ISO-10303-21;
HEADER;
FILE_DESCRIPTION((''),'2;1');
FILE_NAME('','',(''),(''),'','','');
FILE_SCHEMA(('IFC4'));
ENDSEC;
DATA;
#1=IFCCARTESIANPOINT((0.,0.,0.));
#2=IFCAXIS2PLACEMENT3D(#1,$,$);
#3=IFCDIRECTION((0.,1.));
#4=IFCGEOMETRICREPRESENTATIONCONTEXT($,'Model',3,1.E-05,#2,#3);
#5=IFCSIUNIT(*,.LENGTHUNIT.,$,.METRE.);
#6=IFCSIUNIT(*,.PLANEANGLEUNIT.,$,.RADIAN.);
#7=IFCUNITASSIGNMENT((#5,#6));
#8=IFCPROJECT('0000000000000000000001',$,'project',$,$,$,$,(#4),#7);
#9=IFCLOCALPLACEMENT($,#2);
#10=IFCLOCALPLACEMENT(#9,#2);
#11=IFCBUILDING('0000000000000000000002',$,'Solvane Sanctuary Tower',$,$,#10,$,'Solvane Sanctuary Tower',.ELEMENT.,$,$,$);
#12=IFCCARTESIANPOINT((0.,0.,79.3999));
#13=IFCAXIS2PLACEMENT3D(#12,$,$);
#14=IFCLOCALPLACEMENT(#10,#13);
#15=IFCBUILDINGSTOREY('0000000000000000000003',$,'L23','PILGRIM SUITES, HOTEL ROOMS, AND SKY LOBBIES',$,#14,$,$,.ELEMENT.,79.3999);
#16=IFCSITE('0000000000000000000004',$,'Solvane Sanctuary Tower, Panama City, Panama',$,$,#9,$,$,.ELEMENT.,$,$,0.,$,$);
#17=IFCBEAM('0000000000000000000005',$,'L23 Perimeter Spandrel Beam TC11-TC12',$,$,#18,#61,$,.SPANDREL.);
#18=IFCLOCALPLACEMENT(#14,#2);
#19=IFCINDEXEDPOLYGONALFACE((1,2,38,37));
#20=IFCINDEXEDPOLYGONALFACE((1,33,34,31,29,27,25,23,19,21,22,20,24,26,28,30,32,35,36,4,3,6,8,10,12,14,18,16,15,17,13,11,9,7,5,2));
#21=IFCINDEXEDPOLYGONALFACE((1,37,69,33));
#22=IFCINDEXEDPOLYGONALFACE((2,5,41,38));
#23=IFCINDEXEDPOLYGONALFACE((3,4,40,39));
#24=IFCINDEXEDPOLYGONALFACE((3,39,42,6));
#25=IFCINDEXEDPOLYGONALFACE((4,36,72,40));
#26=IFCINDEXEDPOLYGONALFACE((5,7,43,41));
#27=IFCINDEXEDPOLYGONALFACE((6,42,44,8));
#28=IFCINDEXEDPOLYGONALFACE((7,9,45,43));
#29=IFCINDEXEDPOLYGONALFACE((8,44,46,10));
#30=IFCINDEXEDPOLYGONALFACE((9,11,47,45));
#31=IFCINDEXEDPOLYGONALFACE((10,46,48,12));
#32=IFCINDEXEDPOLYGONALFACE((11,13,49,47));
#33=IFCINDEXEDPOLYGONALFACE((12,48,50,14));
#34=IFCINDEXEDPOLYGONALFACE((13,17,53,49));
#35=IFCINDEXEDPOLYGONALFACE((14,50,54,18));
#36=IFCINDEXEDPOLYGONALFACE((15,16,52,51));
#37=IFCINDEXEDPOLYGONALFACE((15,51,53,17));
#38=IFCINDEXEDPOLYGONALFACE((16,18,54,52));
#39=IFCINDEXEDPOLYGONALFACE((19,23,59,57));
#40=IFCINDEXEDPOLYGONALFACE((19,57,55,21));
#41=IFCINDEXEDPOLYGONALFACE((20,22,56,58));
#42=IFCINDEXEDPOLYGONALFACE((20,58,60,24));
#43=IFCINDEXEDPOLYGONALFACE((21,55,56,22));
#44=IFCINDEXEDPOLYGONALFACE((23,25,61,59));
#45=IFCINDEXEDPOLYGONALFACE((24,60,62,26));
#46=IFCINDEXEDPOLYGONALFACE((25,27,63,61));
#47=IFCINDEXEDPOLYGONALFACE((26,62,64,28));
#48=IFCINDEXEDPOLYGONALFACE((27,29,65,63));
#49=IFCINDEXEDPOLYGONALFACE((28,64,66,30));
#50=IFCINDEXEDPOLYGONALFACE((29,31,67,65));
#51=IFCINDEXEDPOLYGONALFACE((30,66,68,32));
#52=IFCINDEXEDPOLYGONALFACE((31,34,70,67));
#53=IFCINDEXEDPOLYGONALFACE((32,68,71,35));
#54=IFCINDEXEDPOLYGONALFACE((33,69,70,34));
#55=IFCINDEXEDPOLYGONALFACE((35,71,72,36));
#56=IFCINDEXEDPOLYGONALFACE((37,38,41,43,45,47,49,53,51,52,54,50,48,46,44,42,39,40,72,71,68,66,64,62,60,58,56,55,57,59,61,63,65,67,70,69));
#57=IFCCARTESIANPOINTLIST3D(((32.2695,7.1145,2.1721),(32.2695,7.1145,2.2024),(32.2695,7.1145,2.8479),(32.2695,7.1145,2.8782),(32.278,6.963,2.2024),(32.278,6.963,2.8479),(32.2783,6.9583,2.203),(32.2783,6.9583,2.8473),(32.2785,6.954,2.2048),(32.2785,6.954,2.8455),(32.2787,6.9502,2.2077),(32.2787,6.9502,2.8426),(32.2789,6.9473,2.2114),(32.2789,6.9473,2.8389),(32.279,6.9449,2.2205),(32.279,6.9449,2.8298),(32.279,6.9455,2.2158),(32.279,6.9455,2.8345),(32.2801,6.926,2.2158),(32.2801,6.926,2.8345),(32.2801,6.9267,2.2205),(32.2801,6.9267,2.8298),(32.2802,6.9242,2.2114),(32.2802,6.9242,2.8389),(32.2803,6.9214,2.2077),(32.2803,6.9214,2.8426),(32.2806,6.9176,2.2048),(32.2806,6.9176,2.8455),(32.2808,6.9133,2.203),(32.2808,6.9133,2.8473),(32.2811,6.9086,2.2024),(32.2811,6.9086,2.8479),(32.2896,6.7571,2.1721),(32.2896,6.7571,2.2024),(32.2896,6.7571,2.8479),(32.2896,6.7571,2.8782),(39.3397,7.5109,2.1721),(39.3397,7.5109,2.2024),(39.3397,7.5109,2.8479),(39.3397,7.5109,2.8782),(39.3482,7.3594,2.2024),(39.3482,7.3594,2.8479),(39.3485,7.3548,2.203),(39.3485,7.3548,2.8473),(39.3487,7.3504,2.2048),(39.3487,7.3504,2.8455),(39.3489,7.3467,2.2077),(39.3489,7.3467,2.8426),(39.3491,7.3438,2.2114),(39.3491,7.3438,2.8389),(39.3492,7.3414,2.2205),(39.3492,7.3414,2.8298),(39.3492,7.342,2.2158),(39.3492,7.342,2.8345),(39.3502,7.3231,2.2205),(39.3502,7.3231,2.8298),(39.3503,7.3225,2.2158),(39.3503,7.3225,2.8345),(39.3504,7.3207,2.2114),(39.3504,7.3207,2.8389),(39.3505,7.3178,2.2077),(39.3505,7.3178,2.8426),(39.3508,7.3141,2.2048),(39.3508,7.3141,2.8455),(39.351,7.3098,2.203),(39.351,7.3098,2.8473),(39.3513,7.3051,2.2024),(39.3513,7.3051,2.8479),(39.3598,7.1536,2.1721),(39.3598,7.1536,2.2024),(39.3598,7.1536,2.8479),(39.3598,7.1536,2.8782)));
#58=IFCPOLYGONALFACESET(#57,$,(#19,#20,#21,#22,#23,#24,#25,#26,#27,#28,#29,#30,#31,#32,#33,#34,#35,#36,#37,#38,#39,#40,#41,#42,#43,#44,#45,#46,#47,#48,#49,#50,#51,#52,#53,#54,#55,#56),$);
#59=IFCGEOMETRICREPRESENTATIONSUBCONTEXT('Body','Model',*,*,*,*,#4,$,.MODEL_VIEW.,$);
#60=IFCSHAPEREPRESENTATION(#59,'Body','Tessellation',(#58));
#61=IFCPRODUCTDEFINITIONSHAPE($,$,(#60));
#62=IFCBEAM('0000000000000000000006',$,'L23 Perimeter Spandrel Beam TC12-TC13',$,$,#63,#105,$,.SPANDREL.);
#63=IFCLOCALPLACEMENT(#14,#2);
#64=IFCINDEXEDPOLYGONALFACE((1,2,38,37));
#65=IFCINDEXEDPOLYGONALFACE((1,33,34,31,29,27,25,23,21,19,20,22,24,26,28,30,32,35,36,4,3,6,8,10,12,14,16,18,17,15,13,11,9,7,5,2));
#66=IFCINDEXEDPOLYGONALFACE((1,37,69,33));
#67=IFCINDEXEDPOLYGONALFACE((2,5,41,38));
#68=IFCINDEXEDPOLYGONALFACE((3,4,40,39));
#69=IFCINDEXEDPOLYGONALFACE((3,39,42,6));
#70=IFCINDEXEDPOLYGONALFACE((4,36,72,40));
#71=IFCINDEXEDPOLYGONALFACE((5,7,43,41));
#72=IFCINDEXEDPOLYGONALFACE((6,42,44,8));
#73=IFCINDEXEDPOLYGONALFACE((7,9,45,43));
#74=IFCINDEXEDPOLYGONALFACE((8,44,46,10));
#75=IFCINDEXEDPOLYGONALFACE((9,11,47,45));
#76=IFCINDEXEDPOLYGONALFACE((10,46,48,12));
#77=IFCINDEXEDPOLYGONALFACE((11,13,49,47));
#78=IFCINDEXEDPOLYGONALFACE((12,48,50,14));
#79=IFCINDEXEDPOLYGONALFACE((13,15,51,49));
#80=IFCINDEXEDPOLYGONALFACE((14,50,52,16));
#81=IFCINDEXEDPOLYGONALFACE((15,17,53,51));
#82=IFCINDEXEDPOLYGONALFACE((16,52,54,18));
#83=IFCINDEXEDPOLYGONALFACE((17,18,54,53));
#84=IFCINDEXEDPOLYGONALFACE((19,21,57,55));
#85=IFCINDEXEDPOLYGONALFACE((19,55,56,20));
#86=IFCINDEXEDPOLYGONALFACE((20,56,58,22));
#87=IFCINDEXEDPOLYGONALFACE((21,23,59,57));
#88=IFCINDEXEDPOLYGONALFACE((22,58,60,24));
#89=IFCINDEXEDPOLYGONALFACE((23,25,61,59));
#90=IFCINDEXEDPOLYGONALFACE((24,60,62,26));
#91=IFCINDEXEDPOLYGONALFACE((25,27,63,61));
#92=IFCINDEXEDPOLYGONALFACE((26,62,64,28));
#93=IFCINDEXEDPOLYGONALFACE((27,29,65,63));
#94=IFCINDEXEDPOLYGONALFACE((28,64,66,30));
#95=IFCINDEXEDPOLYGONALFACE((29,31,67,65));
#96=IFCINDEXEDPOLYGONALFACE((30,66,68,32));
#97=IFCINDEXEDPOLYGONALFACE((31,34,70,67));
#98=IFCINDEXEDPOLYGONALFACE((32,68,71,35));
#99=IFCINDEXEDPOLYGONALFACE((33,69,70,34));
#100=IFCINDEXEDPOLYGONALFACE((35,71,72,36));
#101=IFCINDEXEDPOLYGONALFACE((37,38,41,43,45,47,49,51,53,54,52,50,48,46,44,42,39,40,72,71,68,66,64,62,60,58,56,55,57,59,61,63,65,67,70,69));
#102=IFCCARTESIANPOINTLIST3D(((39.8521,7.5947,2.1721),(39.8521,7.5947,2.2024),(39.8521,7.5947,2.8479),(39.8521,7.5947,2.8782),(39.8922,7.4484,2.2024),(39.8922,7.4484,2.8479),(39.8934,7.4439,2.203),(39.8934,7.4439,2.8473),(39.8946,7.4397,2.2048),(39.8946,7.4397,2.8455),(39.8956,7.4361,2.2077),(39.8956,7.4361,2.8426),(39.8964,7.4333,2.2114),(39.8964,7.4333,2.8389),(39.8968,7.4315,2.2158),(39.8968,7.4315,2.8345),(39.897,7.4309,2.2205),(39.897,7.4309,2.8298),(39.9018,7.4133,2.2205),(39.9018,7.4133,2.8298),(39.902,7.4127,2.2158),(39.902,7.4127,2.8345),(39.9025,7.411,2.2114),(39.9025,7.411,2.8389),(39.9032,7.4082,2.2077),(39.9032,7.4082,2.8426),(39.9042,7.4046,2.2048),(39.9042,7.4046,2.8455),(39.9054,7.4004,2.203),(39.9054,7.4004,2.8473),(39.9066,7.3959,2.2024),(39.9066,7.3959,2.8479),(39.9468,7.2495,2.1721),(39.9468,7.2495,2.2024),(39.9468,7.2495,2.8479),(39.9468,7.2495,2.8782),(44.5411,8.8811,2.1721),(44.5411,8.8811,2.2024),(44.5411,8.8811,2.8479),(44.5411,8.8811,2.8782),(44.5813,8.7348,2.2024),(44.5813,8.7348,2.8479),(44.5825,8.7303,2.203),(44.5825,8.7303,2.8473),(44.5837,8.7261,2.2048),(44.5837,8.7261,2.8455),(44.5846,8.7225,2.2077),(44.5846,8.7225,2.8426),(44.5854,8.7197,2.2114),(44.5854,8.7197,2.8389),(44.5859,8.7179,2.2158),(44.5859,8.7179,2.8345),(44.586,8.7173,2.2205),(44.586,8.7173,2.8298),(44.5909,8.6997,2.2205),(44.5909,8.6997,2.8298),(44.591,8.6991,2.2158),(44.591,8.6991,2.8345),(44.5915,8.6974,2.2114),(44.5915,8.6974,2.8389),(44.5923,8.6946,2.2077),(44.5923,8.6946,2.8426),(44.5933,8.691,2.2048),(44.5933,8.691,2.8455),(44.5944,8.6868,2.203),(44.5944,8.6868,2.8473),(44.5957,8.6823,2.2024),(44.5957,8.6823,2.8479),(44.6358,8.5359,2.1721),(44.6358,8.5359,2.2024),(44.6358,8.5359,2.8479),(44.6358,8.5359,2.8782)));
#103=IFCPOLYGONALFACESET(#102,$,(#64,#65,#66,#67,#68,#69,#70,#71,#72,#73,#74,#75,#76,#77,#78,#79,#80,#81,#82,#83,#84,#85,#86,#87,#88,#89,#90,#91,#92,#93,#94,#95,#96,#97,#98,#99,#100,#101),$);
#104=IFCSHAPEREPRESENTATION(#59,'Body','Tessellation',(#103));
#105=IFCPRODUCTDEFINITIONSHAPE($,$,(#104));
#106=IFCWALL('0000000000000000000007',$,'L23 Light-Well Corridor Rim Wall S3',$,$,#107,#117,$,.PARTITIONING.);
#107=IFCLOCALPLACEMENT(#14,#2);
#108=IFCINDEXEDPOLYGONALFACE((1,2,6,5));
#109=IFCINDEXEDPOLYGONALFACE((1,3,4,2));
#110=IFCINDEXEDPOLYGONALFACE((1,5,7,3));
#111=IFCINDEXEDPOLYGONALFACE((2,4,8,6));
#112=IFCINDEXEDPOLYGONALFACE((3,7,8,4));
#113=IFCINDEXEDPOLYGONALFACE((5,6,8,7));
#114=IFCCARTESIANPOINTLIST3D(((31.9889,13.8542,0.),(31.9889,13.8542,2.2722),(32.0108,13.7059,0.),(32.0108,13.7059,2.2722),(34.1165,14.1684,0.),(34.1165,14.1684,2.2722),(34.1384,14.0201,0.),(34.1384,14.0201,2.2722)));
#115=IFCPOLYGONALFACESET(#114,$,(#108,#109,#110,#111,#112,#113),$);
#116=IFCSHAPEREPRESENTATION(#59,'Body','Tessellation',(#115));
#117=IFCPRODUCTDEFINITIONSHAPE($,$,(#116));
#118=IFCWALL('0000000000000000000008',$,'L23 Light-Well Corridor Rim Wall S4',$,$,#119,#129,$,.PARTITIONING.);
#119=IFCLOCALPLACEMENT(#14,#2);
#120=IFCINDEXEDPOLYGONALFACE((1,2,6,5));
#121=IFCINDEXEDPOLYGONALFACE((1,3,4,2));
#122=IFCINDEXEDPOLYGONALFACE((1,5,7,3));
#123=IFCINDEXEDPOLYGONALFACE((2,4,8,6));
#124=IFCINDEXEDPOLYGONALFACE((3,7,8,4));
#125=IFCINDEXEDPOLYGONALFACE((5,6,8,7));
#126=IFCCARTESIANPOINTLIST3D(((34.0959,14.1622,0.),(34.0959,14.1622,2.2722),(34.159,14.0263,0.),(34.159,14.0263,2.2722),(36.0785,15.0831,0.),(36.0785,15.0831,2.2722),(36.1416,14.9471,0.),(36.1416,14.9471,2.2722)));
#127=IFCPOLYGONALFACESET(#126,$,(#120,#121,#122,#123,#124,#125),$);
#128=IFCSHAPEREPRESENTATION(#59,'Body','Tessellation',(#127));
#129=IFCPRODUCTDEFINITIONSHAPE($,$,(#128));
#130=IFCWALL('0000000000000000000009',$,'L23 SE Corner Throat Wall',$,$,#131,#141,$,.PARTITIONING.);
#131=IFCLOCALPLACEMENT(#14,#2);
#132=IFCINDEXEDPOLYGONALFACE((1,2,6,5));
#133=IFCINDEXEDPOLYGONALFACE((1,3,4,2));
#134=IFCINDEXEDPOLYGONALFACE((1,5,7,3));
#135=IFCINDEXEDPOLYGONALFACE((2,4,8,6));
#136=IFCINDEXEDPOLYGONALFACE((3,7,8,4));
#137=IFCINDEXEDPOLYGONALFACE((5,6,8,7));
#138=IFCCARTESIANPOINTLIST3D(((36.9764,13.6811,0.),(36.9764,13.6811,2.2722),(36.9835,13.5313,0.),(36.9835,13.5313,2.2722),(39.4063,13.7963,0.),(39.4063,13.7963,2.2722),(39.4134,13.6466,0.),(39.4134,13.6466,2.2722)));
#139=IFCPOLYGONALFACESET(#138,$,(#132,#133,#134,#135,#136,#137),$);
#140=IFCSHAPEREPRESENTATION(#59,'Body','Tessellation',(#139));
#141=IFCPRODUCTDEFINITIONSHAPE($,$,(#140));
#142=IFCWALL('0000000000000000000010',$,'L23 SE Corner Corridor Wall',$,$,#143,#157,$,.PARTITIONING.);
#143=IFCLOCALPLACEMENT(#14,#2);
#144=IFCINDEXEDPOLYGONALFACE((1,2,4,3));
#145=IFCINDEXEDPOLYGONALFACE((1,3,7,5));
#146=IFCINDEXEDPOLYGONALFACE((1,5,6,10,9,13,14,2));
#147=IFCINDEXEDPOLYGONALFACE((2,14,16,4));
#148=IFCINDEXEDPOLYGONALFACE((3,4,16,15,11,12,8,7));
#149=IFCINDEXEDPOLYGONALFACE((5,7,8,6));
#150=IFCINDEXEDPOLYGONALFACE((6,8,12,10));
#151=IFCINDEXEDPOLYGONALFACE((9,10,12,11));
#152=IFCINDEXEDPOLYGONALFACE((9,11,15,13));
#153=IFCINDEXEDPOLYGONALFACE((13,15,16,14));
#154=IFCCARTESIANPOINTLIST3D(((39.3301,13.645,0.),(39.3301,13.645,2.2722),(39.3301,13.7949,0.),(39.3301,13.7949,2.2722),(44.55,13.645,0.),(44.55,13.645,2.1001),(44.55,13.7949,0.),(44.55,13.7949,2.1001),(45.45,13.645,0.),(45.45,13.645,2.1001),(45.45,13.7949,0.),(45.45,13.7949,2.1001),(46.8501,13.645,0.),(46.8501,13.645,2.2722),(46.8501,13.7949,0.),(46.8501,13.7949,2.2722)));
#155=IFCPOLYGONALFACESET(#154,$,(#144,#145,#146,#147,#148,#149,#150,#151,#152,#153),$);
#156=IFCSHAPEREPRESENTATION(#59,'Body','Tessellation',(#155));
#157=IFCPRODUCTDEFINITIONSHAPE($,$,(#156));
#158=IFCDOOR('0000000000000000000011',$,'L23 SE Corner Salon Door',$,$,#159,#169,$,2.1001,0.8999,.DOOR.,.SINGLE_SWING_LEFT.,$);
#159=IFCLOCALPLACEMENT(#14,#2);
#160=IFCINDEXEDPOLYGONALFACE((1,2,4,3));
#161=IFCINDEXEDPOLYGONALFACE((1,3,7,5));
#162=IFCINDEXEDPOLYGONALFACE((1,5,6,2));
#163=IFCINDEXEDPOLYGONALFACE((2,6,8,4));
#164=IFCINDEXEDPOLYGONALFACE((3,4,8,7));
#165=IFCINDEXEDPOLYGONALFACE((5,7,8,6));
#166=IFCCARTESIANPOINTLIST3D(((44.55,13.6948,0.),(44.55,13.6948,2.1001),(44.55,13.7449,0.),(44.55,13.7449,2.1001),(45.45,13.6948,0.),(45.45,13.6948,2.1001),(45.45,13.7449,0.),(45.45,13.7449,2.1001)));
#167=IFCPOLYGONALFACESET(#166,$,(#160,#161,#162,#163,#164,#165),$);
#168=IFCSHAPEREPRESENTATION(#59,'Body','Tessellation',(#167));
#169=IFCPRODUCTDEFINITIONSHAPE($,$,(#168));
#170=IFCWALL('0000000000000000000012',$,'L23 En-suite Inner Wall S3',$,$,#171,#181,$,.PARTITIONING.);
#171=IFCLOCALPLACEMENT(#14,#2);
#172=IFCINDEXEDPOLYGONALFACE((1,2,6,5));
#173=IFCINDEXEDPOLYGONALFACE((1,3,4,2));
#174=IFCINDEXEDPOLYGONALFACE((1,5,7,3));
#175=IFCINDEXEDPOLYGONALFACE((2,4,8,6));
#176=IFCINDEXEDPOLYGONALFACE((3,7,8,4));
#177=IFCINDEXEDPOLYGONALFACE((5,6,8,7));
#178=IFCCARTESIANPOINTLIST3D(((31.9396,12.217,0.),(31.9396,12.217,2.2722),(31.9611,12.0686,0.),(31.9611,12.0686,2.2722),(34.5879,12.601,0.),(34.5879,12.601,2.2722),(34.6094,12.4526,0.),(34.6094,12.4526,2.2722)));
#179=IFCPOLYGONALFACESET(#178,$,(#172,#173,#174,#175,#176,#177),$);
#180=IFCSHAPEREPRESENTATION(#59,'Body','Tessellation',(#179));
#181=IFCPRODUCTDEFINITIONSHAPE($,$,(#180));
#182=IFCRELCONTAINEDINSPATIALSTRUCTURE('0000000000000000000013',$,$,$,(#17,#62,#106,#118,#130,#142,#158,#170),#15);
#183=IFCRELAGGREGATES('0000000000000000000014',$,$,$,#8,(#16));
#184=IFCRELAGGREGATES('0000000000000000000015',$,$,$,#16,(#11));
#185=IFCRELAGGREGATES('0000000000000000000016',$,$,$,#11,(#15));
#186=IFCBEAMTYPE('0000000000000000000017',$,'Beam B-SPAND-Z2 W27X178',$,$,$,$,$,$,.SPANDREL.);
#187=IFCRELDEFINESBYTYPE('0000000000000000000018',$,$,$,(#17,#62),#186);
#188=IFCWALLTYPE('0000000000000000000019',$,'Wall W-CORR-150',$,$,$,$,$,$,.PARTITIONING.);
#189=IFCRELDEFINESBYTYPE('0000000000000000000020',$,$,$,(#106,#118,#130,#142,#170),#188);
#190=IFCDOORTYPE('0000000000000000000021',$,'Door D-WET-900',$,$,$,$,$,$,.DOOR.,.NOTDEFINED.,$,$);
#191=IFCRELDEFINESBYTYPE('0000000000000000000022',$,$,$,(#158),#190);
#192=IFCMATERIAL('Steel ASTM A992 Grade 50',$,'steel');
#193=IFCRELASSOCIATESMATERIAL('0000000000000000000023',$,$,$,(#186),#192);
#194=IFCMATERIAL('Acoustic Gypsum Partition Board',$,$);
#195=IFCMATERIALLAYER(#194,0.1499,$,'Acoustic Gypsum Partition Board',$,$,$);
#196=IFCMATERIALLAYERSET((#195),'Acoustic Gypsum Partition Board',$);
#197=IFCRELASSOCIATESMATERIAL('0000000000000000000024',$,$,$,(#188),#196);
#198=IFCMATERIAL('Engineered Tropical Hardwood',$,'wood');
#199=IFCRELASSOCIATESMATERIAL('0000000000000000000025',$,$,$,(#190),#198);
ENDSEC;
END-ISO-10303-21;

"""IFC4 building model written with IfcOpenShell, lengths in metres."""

from ifc_helpers import new_model, si_unit, direction, frame, frame_2d, origin, origin_2d, place, context, subcontext, project, spatial, rectangle, i_section, extrude, material, layer, layer_set, material_profile, profile_set, type_object, element, fill, save


model = new_model("IFC4")

# Units and contexts
model_context = context("Model", 3, precision=1e-05, world=origin(), true_north=direction((0.0, 1.0)))
body_context = subcontext(model_context, "Body", "Model", "MODEL_VIEW")
ifc_project = project(units=[si_unit("LENGTHUNIT", "METRE"), si_unit("PLANEANGLEUNIT", "RADIAN")], contexts=[model_context])

# Site, building, storey
site_placement = place(None, origin())
site = spatial("IfcSite", under=ifc_project, at=site_placement, Name="Solvane Sanctuary Tower, Panama City, Panama", CompositionType="ELEMENT", RefElevation=0.0)
building_placement = place(site_placement, origin())
building = spatial("IfcBuilding", under=site, at=building_placement, Name="Solvane Sanctuary Tower", LongName="Solvane Sanctuary Tower", CompositionType="ELEMENT")
storey_placement = place(building_placement, frame((0.0, 0.0, 79.3999)))
storey = spatial("IfcBuildingStorey", under=building, at=storey_placement, Name="L23", Description="PILGRIM SUITES, HOTEL ROOMS, AND SKY LOBBIES", CompositionType="ELEMENT", Elevation=79.3999)

# Beams
ifc_material_1 = material(Name="Steel ASTM A992 Grade 50", Category="steel")
ifc_material_profile_1 = material_profile(ifc_material_1, i_section(OverallWidth=0.3579, OverallDepth=0.7061, WebThickness=0.0183, FlangeThickness=0.0303, FilletRadius=0.0181, at=origin_2d()), Name="W27X178")
ifc_profile_set_1 = profile_set([ifc_material_profile_1], Name="Steel ASTM A992 Grade 50")
beam_type_1 = type_object("IfcBeamType", Name="Beam B-SPAND-Z2 W27X178", PredefinedType="SPANDREL", material=ifc_profile_set_1)
beam_1_placement = place(storey_placement, frame((32.2795, 6.9358, 2.5251), z_axis=(0.998431, 0.055989, 0.0), x_axis=(-0.055989, 0.998431, 0.0)))
element("IfcBeam", 1, at=beam_1_placement, inside=storey, type_object=beam_type_1, Name="L23 Perimeter Spandrel Beam TC11-TC12", PredefinedType="SPANDREL", context=body_context, shape_type="SweptSolid", body=[
    extrude(i_section(OverallWidth=0.3579, OverallDepth=0.7061, WebThickness=0.0183, FlangeThickness=0.0303, FilletRadius=0.0181, at=origin_2d()), origin(), (0.0, 0.0, 1.0), 7.0813),
])
beam_2_placement = place(storey_placement, frame((39.8994, 7.4221, 2.5251), z_axis=(0.964368, 0.264566, 0.0), x_axis=(-0.264566, 0.964368, 0.0)))
element("IfcBeam", 2, at=beam_2_placement, inside=storey, type_object=beam_type_1, Name="L23 Perimeter Spandrel Beam TC12-TC13", PredefinedType="SPANDREL", context=body_context, shape_type="SweptSolid", body=[
    extrude(i_section(OverallWidth=0.3579, OverallDepth=0.7061, WebThickness=0.0183, FlangeThickness=0.0303, FilletRadius=0.0181, at=origin_2d()), origin(), (0.0, 0.0, 1.0), 4.8623),
])

# Walls
ifc_material_2 = material(Name="Acoustic Gypsum Partition Board")
ifc_layer_1 = layer(ifc_material_2, 0.1499, Name="Acoustic Gypsum Partition Board")
ifc_layer_set_1 = layer_set([ifc_layer_1], Name="Acoustic Gypsum Partition Board")
wall_type_1 = type_object("IfcWallType", Name="Wall W-CORR-150", PredefinedType="PARTITIONING", material=ifc_layer_set_1)
wall_1_placement = place(storey_placement, frame((32.0, 13.78, 0.0), z_axis=(0.0, 0.0, 1.0), x_axis=(0.989269, 0.146108, 0.0)))
element("IfcWall", 3, at=wall_1_placement, inside=storey, type_object=wall_type_1, Name="L23 Light-Well Corridor Rim Wall S3", PredefinedType="PARTITIONING", context=body_context, shape_type="SweptSolid", body=[
    extrude(rectangle(XDim=2.1506, YDim=0.1499, at=frame_2d((1.0752, 0.0))), origin(), (0.0, 0.0, 1.0), 2.2722),
])
wall_2_placement = place(storey_placement, frame((34.1274, 14.0942, 0.0), z_axis=(0.0, 0.0, 1.0), x_axis=(0.906943, 0.421252, 0.0)))
element("IfcWall", 4, at=wall_2_placement, inside=storey, type_object=wall_type_1, Name="L23 Light-Well Corridor Rim Wall S4", PredefinedType="PARTITIONING", context=body_context, shape_type="SweptSolid", body=[
    extrude(rectangle(XDim=2.186, YDim=0.1499, at=frame_2d((1.093, 0.0))), origin(), (0.0, 0.0, 1.0), 2.2722),
])
wall_3_placement = place(storey_placement, frame((36.98, 13.6062, 0.0), z_axis=(0.0, 0.0, 1.0), x_axis=(0.998877, 0.04737, 0.0)))
element("IfcWall", 5, at=wall_3_placement, inside=storey, type_object=wall_type_1, Name="L23 SE Corner Throat Wall", PredefinedType="PARTITIONING", context=body_context, shape_type="SweptSolid", body=[
    extrude(rectangle(XDim=2.4326, YDim=0.1499, at=frame_2d((1.2163, 0.0))), origin(), (0.0, 0.0, 1.0), 2.2722),
])

# Wall, opening, door
wall_4_placement = place(storey_placement, frame((39.3301, 13.72, 0.0), z_axis=(0.0, 0.0, 1.0), x_axis=(1.0, 0.0, 0.0)))
wall_4 = element("IfcWall", 6, at=wall_4_placement, inside=storey, type_object=wall_type_1, Name="L23 SE Corner Corridor Wall", PredefinedType="PARTITIONING", context=body_context, shape_type="SweptSolid", body=[
    extrude(rectangle(XDim=7.52, YDim=0.1499, at=frame_2d((3.76, 0.0))), origin(), (0.0, 0.0, 1.0), 2.2722),
])
opening_1_placement = place(wall_4_placement, frame((5.22, 0.0, 0.0)))
opening_1 = element("IfcOpeningElement", 7, at=opening_1_placement, cuts=wall_4, PredefinedType="OPENING", context=body_context, shape_type="SweptSolid", body=[
    extrude(rectangle(XDim=0.8999, YDim=2.1001, at=frame_2d((0.45, 1.05))), frame((0.0, 0.085, 0.0), z_axis=(0.0, -1.0, 0.0), x_axis=(1.0, 0.0, 0.0)), (0.0, 0.0, 1.0), 0.1699),
])
ifc_material_3 = material(Name="Engineered Tropical Hardwood", Category="wood")
door_type_1 = type_object("IfcDoorType", Name="Door D-WET-900", OperationType="NOTDEFINED", PredefinedType="DOOR", material=ifc_material_3)
door_1_placement = place(opening_1_placement, origin())
door_1 = element("IfcDoor", 8, at=door_1_placement, inside=storey, type_object=door_type_1, Name="L23 SE Corner Salon Door", OperationType="SINGLE_SWING_LEFT", OverallHeight=2.1001, OverallWidth=0.8999, PredefinedType="DOOR", context=body_context, shape_type="SweptSolid", body=[
    extrude(rectangle(XDim=0.8999, YDim=2.1001, at=frame_2d((0.45, 1.05))), frame((0.0, 0.0249, 0.0), z_axis=(0.0, -1.0, 0.0), x_axis=(1.0, 0.0, 0.0)), (0.0, 0.0, 1.0), 0.05),
])
fill(opening_1, door_1)

# Wall
wall_5_placement = place(storey_placement, frame((31.9504, 12.1428, 0.0), z_axis=(0.0, 0.0, 1.0), x_axis=(0.98965, 0.143503, 0.0)))
element("IfcWall", 9, at=wall_5_placement, inside=storey, type_object=wall_type_1, Name="L23 En-suite Inner Wall S3", PredefinedType="PARTITIONING", context=body_context, shape_type="SweptSolid", body=[
    extrude(rectangle(XDim=2.676, YDim=0.1499, at=frame_2d((1.3379, 0.0))), origin(), (0.0, 0.0, 1.0), 2.2722),
])

save(model, "model.ifc")
